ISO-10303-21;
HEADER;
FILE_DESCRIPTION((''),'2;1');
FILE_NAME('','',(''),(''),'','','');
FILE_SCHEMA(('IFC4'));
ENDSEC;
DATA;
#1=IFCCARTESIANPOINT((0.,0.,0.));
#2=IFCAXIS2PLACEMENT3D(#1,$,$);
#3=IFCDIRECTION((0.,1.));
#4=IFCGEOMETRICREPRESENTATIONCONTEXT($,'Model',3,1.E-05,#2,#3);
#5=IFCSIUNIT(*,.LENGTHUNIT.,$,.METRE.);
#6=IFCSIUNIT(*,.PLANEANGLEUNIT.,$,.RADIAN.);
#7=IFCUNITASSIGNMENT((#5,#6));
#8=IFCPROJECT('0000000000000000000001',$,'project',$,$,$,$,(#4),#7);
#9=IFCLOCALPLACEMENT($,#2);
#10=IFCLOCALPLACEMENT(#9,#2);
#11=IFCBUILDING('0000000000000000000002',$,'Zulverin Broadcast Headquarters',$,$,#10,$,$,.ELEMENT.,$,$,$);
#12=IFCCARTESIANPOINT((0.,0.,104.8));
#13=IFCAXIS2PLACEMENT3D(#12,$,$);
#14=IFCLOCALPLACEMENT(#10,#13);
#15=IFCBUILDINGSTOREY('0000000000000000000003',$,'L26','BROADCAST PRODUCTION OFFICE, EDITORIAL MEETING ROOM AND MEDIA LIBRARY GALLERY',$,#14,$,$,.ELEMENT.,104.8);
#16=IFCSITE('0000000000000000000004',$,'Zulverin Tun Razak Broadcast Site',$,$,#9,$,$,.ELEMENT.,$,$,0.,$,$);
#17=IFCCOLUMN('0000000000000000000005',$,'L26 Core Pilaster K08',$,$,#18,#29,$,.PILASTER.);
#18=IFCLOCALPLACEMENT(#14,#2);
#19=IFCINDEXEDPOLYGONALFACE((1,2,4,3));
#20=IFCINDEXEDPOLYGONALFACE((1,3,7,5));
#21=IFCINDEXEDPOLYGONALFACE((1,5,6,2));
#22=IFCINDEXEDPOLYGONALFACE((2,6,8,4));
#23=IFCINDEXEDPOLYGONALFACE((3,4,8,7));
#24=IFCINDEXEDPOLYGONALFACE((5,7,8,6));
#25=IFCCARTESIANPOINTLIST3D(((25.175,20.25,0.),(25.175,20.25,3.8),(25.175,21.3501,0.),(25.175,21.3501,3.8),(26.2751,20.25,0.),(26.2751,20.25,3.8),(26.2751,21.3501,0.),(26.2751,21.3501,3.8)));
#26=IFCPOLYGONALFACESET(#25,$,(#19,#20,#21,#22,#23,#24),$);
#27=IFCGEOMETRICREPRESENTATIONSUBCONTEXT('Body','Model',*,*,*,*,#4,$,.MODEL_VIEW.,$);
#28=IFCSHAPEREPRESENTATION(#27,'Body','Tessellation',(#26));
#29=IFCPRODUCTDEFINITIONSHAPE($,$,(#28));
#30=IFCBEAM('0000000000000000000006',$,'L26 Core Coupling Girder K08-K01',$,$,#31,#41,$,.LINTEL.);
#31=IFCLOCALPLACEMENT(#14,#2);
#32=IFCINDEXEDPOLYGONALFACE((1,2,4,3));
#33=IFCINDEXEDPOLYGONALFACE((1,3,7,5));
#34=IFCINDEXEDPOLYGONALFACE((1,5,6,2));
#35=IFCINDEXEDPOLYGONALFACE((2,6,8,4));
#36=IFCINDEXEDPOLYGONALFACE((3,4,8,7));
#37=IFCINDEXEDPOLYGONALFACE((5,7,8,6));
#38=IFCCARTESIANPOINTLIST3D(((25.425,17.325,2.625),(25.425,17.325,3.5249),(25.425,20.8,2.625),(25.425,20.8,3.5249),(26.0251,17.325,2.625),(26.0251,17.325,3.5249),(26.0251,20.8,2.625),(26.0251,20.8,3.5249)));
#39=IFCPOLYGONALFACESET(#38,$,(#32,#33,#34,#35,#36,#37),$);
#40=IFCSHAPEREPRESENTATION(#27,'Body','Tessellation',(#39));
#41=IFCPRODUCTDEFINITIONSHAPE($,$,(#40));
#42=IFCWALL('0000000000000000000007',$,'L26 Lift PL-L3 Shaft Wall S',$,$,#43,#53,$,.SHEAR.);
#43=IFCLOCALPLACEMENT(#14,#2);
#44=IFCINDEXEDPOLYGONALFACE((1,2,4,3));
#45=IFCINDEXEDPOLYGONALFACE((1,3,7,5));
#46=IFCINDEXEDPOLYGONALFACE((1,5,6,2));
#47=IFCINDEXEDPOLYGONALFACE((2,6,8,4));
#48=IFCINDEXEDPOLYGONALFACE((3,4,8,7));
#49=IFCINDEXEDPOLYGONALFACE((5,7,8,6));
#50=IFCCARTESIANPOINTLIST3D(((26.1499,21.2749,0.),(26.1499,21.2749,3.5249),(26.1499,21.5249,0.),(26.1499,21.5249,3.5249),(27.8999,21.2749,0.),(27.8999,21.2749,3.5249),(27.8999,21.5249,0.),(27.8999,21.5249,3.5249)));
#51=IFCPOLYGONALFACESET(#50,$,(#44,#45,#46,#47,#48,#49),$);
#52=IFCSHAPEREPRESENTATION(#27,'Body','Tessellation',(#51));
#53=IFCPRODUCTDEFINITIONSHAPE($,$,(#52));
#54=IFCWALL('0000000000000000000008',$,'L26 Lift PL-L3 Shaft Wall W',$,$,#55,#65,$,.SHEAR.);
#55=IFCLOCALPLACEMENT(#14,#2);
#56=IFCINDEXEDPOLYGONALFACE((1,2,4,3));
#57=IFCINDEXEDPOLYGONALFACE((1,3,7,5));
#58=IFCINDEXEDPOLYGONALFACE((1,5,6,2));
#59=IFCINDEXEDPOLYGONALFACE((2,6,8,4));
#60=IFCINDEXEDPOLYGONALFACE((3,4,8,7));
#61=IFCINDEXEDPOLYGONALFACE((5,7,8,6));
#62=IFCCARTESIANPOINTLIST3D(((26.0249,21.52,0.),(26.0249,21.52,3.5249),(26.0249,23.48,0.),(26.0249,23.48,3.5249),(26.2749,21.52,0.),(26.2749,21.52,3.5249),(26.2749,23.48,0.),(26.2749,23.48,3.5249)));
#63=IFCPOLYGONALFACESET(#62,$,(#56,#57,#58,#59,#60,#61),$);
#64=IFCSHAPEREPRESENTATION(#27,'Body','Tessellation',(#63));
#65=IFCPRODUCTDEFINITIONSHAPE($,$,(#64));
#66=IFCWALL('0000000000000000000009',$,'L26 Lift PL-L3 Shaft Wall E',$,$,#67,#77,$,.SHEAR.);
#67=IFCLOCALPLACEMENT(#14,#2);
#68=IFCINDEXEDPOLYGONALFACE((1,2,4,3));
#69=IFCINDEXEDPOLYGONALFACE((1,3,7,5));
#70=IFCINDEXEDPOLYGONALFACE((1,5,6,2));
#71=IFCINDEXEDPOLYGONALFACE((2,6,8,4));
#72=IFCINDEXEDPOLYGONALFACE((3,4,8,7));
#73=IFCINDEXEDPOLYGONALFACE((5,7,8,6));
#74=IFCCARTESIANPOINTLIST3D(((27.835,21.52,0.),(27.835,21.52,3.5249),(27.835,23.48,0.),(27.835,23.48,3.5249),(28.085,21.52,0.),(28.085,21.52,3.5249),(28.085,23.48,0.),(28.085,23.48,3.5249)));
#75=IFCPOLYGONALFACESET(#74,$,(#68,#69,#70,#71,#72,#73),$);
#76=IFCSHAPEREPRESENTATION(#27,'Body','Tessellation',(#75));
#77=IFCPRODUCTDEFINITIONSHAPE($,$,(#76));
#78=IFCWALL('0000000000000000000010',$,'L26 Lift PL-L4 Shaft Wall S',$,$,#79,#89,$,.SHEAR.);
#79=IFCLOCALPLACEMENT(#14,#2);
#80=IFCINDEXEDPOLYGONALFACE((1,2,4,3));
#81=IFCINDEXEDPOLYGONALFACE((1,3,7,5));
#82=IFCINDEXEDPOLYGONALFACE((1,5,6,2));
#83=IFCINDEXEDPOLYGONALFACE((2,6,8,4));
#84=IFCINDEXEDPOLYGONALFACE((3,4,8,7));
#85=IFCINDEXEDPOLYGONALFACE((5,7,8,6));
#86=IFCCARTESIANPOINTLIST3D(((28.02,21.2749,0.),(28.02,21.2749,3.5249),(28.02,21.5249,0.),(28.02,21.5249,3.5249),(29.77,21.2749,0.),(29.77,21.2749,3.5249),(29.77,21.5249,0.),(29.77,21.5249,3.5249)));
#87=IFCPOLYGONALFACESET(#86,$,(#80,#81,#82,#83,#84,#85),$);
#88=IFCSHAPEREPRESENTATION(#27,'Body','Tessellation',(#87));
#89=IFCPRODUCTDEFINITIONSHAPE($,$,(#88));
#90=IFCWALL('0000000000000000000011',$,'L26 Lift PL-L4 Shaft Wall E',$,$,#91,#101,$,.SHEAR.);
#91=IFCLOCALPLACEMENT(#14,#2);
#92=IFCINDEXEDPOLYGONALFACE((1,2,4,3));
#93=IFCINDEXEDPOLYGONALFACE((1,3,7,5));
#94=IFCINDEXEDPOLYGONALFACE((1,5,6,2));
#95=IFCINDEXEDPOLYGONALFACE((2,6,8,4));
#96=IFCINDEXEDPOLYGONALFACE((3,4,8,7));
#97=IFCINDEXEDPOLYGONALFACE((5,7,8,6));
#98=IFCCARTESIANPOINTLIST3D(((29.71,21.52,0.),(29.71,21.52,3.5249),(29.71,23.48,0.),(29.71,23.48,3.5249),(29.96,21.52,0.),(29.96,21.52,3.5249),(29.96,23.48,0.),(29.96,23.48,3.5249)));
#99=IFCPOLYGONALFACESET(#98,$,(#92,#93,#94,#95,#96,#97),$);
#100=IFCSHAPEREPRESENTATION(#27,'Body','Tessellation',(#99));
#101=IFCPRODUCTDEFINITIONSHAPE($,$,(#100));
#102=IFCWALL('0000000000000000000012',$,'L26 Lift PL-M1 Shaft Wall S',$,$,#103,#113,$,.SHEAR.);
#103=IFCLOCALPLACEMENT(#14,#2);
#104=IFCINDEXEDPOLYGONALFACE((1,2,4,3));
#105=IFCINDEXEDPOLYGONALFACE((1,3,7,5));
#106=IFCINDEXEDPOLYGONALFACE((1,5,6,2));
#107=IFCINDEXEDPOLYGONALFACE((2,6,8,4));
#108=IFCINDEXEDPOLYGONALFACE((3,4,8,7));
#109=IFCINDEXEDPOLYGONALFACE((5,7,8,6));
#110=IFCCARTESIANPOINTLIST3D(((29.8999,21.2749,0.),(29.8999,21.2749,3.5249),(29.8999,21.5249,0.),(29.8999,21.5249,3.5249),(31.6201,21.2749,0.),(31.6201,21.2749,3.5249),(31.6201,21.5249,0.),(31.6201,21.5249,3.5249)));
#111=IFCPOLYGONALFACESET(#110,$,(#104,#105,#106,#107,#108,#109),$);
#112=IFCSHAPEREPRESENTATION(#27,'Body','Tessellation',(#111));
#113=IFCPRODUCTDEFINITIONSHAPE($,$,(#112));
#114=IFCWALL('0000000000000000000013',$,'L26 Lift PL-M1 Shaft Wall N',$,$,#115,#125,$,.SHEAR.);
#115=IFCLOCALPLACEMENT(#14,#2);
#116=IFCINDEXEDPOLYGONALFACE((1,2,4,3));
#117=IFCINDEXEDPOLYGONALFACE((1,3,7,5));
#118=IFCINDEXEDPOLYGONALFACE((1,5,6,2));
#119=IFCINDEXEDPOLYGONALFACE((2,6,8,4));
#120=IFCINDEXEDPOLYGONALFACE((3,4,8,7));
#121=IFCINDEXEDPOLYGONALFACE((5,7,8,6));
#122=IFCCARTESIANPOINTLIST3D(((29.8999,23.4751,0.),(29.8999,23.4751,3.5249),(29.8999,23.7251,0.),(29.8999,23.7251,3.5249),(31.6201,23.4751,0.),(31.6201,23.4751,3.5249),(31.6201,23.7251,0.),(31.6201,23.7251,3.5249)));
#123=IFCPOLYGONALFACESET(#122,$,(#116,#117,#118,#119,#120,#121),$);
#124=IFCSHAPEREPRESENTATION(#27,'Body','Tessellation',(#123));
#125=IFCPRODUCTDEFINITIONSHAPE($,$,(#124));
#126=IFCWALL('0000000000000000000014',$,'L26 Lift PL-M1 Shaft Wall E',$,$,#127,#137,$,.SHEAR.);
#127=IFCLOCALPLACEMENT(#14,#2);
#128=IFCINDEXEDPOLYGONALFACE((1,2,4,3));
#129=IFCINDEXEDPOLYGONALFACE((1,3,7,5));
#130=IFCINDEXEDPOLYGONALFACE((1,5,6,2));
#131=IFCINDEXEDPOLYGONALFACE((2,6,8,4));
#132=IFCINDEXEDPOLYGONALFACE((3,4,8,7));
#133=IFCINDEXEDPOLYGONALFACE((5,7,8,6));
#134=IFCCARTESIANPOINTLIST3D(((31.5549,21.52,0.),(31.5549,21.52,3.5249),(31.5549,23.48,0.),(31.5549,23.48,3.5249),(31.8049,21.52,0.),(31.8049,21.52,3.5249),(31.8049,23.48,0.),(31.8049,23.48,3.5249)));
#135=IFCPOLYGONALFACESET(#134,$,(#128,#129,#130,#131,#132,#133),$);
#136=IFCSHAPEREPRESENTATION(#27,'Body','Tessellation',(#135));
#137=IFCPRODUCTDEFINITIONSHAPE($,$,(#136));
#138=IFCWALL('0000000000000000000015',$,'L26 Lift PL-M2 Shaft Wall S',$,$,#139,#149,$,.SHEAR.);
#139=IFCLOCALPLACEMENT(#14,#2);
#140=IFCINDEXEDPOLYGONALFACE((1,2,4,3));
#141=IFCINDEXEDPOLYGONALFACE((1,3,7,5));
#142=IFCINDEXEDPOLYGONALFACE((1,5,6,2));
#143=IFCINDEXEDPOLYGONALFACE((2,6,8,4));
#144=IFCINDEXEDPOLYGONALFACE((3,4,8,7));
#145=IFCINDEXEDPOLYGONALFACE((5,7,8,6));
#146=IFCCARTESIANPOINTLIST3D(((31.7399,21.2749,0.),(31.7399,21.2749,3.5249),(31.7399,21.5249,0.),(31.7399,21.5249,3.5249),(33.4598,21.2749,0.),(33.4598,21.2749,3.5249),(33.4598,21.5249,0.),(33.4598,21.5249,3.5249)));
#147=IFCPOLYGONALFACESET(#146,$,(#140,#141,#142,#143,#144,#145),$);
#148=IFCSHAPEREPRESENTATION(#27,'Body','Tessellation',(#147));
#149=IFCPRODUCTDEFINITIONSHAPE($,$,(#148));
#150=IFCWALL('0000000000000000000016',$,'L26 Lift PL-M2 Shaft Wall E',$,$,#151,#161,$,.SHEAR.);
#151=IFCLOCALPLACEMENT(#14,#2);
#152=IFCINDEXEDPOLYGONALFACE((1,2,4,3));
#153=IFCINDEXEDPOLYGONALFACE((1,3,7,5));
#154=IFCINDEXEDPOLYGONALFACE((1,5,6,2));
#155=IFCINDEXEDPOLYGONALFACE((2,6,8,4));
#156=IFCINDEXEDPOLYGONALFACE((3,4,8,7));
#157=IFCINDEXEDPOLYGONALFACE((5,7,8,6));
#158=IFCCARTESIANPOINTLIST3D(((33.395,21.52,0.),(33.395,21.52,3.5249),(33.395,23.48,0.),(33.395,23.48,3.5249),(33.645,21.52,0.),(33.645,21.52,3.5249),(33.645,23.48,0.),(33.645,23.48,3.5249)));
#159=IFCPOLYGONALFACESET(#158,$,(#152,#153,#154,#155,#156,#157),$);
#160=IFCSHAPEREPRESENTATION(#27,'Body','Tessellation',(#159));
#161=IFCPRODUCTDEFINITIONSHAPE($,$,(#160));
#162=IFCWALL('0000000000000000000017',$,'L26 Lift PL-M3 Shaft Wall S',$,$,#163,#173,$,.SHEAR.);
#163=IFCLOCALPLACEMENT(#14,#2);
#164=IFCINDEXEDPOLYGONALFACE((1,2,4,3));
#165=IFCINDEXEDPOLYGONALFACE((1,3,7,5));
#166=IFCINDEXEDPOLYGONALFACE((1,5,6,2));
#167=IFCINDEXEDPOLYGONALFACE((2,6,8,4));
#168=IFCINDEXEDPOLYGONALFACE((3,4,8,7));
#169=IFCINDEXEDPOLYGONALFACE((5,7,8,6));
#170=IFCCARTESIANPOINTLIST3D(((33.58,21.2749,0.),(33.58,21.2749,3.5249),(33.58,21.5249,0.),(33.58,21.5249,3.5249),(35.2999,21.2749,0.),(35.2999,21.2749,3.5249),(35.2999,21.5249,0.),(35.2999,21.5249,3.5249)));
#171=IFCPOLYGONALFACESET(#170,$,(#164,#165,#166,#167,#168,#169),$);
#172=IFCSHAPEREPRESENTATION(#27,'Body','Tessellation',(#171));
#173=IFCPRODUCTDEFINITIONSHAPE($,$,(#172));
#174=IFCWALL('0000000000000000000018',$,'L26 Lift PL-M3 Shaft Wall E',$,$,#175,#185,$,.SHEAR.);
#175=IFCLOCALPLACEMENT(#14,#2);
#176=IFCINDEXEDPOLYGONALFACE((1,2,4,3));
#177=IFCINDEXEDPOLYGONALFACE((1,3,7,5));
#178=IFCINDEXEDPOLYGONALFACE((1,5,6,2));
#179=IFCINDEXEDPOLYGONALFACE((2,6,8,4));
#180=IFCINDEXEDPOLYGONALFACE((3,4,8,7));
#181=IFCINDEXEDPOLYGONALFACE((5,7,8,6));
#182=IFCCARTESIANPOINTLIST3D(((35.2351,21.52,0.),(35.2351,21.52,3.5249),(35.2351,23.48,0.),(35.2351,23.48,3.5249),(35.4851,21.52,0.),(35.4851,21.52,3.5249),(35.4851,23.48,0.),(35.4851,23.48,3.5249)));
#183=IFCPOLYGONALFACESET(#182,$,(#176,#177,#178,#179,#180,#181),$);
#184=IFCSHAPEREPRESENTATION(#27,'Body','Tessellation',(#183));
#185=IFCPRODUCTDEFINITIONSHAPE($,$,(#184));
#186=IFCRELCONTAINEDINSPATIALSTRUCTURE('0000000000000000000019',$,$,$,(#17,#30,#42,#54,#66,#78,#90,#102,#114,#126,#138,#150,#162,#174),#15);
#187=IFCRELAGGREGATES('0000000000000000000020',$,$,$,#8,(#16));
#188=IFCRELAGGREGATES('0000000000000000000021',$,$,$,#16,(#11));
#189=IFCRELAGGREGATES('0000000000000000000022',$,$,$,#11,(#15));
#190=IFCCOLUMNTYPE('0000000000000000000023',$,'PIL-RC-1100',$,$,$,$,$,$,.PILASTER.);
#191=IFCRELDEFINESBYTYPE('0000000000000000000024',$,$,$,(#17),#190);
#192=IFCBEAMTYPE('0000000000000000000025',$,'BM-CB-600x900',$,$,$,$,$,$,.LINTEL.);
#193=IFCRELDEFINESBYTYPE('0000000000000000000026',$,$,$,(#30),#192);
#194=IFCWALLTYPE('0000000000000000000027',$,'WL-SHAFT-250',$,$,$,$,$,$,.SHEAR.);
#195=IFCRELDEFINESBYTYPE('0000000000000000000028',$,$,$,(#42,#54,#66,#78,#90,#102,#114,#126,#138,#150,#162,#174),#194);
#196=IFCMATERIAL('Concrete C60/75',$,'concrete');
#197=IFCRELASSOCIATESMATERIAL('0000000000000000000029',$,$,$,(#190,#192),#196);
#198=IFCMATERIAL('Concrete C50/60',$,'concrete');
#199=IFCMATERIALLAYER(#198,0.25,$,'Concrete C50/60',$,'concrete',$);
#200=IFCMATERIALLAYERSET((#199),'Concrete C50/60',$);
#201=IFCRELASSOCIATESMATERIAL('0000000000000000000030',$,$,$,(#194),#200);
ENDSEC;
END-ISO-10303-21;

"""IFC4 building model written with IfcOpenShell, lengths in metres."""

from ifc_helpers import new_model, si_unit, direction, frame, frame_2d, origin, origin_2d, place, context, subcontext, project, spatial, rectangle, extrude, material, layer, layer_set, material_profile, profile_set, type_object, element, save


model = new_model("IFC4")

# Units and contexts
model_context = context("Model", 3, precision=1e-05, world=origin(), true_north=direction((0.0, 1.0)))
body_context = subcontext(model_context, "Body", "Model", "MODEL_VIEW")
ifc_project = project(units=[si_unit("LENGTHUNIT", "METRE"), si_unit("PLANEANGLEUNIT", "RADIAN")], contexts=[model_context])

# Site, building, storey
site_placement = place(None, origin())
site = spatial("IfcSite", under=ifc_project, at=site_placement, Name="Zulverin Tun Razak Broadcast Site", CompositionType="ELEMENT", RefElevation=0.0)
building_placement = place(site_placement, origin())
building = spatial("IfcBuilding", under=site, at=building_placement, Name="Zulverin Broadcast Headquarters", CompositionType="ELEMENT")
storey_placement = place(building_placement, frame((0.0, 0.0, 104.8)))
storey = spatial("IfcBuildingStorey", under=building, at=storey_placement, Name="L26", Description="BROADCAST PRODUCTION OFFICE, EDITORIAL MEETING ROOM AND MEDIA LIBRARY GALLERY", CompositionType="ELEMENT", Elevation=104.8)

# Column
ifc_material_1 = material(Name="Concrete C60/75", Category="concrete")
ifc_material_profile_1 = material_profile(ifc_material_1, rectangle(XDim=1.1001, YDim=1.1001, at=origin_2d()), Name="Concrete C60/75", Category="concrete")
ifc_profile_set_1 = profile_set([ifc_material_profile_1], Name="Concrete C60/75")
column_type = type_object("IfcColumnType", Name="PIL-RC-1100", PredefinedType="PILASTER", material=ifc_profile_set_1)
column_placement = place(storey_placement, frame((25.7251, 20.8, 0.0), z_axis=(0.0, 0.0, 1.0), x_axis=(1.0, 0.0, 0.0)))
element("IfcColumn", 1, at=column_placement, inside=storey, type_object=column_type, Name="L26 Core Pilaster K08", PredefinedType="PILASTER", context=body_context, shape_type="SweptSolid", body=[
    extrude(rectangle(XDim=1.1001, YDim=1.1001, at=origin_2d()), origin(), (0.0, 0.0, 1.0), 3.8),
])

# Beam
ifc_material_profile_2 = material_profile(ifc_material_1, rectangle(XDim=0.6001, YDim=0.8999, at=origin_2d()), Name="Concrete C60/75", Category="concrete")
ifc_profile_set_2 = profile_set([ifc_material_profile_2], Name="Concrete C60/75")
beam_type = type_object("IfcBeamType", Name="BM-CB-600x900", PredefinedType="LINTEL", material=ifc_profile_set_2)
beam_placement = place(storey_placement, frame((25.7251, 20.8, 3.075), z_axis=(0.0, -1.0, 0.0), x_axis=(1.0, 0.0, 0.0)))
element("IfcBeam", 2, at=beam_placement, inside=storey, type_object=beam_type, Name="L26 Core Coupling Girder K08-K01", PredefinedType="LINTEL", context=body_context, shape_type="SweptSolid", body=[
    extrude(rectangle(XDim=0.6001, YDim=0.8999, at=origin_2d()), origin(), (0.0, 0.0, 1.0), 3.4751),
])

# Wall
ifc_material_2 = material(Name="Concrete C50/60", Category="concrete")
ifc_layer = layer(ifc_material_2, 0.25, Name="Concrete C50/60", Category="concrete")
ifc_layer_set = layer_set([ifc_layer], Name="Concrete C50/60")
wall_type = type_object("IfcWallType", Name="WL-SHAFT-250", PredefinedType="SHEAR", material=ifc_layer_set)
wall_1_placement = place(storey_placement, frame((26.1499, 21.3999, 0.0), z_axis=(0.0, 0.0, 1.0), x_axis=(1.0, 0.0, 0.0)))
element("IfcWall", 3, at=wall_1_placement, inside=storey, type_object=wall_type, Name="L26 Lift PL-L3 Shaft Wall S", PredefinedType="SHEAR", context=body_context, shape_type="SweptSolid", body=[
    extrude(rectangle(XDim=1.75, YDim=0.25, at=frame_2d((0.875, 0.0))), origin(), (0.0, 0.0, 1.0), 3.5249),
])

# Walls
for number, where, z_axis, x_axis, name in (
    (4, (26.1499, 21.52, 0.0), (0.0, 0.0, 1.0), (0.0, 1.0, 0.0), "L26 Lift PL-L3 Shaft Wall W"),
    (5, (27.96, 21.52, 0.0), (0.0, 0.0, 1.0), (0.0, 1.0, 0.0), "L26 Lift PL-L3 Shaft Wall E"),
):
    element("IfcWall", number, at=place(storey_placement, frame(where, z_axis=z_axis, x_axis=x_axis)), inside=storey, type_object=wall_type, Name=name, PredefinedType="SHEAR", context=body_context, shape_type="SweptSolid", body=[
        extrude(rectangle(XDim=1.96, YDim=0.25, at=frame_2d((0.98, 0.0))), origin(), (0.0, 0.0, 1.0), 3.5249),
    ])
wall_2_placement = place(storey_placement, frame((28.02, 21.3999, 0.0), z_axis=(0.0, 0.0, 1.0), x_axis=(1.0, 0.0, 0.0)))
element("IfcWall", 6, at=wall_2_placement, inside=storey, type_object=wall_type, Name="L26 Lift PL-L4 Shaft Wall S", PredefinedType="SHEAR", context=body_context, shape_type="SweptSolid", body=[
    extrude(rectangle(XDim=1.75, YDim=0.25, at=frame_2d((0.875, 0.0))), origin(), (0.0, 0.0, 1.0), 3.5249),
])

# Walls
wall_3_placement = place(storey_placement, frame((29.835, 21.52, 0.0), z_axis=(0.0, 0.0, 1.0), x_axis=(0.0, 1.0, 0.0)))
element("IfcWall", 7, at=wall_3_placement, inside=storey, type_object=wall_type, Name="L26 Lift PL-L4 Shaft Wall E", PredefinedType="SHEAR", context=body_context, shape_type="SweptSolid", body=[
    extrude(rectangle(XDim=1.96, YDim=0.25, at=frame_2d((0.98, 0.0))), origin(), (0.0, 0.0, 1.0), 3.5249),
])
for number, where, z_axis, x_axis, name in (
    (8, (29.8999, 21.3999, 0.0), (0.0, 0.0, 1.0), (1.0, 0.0, 0.0), "L26 Lift PL-M1 Shaft Wall S"),
    (9, (29.8999, 23.6001, 0.0), (0.0, 0.0, 1.0), (1.0, 0.0, 0.0), "L26 Lift PL-M1 Shaft Wall N"),
):
    element("IfcWall", number, at=place(storey_placement, frame(where, z_axis=z_axis, x_axis=x_axis)), inside=storey, type_object=wall_type, Name=name, PredefinedType="SHEAR", context=body_context, shape_type="SweptSolid", body=[
        extrude(rectangle(XDim=1.7202, YDim=0.25, at=frame_2d((0.8601, 0.0))), origin(), (0.0, 0.0, 1.0), 3.5249),
    ])
wall_4_placement = place(storey_placement, frame((31.6799, 21.52, 0.0), z_axis=(0.0, 0.0, 1.0), x_axis=(0.0, 1.0, 0.0)))
element("IfcWall", 10, at=wall_4_placement, inside=storey, type_object=wall_type, Name="L26 Lift PL-M1 Shaft Wall E", PredefinedType="SHEAR", context=body_context, shape_type="SweptSolid", body=[
    extrude(rectangle(XDim=1.96, YDim=0.25, at=frame_2d((0.98, 0.0))), origin(), (0.0, 0.0, 1.0), 3.5249),
])
wall_5_placement = place(storey_placement, frame((31.74, 21.3999, 0.0), z_axis=(0.0, 0.0, 1.0), x_axis=(1.0, 0.0, 0.0)))
element("IfcWall", 11, at=wall_5_placement, inside=storey, type_object=wall_type, Name="L26 Lift PL-M2 Shaft Wall S", PredefinedType="SHEAR", context=body_context, shape_type="SweptSolid", body=[
    extrude(rectangle(XDim=1.72, YDim=0.25, at=frame_2d((0.8599, 0.0))), origin(), (0.0, 0.0, 1.0), 3.5249),
])
wall_6_placement = place(storey_placement, frame((33.52, 21.52, 0.0), z_axis=(0.0, 0.0, 1.0), x_axis=(0.0, 1.0, 0.0)))
element("IfcWall", 12, at=wall_6_placement, inside=storey, type_object=wall_type, Name="L26 Lift PL-M2 Shaft Wall E", PredefinedType="SHEAR", context=body_context, shape_type="SweptSolid", body=[
    extrude(rectangle(XDim=1.96, YDim=0.25, at=frame_2d((0.98, 0.0))), origin(), (0.0, 0.0, 1.0), 3.5249),
])
wall_7_placement = place(storey_placement, frame((33.5801, 21.3999, 0.0), z_axis=(0.0, 0.0, 1.0), x_axis=(1.0, 0.0, 0.0)))
element("IfcWall", 13, at=wall_7_placement, inside=storey, type_object=wall_type, Name="L26 Lift PL-M3 Shaft Wall S", PredefinedType="SHEAR", context=body_context, shape_type="SweptSolid", body=[
    extrude(rectangle(XDim=1.72, YDim=0.25, at=frame_2d((0.8599, 0.0))), origin(), (0.0, 0.0, 1.0), 3.5249),
])
wall_8_placement = place(storey_placement, frame((35.3601, 21.52, 0.0), z_axis=(0.0, 0.0, 1.0), x_axis=(0.0, 1.0, 0.0)))
element("IfcWall", 14, at=wall_8_placement, inside=storey, type_object=wall_type, Name="L26 Lift PL-M3 Shaft Wall E", PredefinedType="SHEAR", context=body_context, shape_type="SweptSolid", body=[
    extrude(rectangle(XDim=1.96, YDim=0.25, at=frame_2d((0.98, 0.0))), origin(), (0.0, 0.0, 1.0), 3.5249),
])

save(model, "model.ifc")
